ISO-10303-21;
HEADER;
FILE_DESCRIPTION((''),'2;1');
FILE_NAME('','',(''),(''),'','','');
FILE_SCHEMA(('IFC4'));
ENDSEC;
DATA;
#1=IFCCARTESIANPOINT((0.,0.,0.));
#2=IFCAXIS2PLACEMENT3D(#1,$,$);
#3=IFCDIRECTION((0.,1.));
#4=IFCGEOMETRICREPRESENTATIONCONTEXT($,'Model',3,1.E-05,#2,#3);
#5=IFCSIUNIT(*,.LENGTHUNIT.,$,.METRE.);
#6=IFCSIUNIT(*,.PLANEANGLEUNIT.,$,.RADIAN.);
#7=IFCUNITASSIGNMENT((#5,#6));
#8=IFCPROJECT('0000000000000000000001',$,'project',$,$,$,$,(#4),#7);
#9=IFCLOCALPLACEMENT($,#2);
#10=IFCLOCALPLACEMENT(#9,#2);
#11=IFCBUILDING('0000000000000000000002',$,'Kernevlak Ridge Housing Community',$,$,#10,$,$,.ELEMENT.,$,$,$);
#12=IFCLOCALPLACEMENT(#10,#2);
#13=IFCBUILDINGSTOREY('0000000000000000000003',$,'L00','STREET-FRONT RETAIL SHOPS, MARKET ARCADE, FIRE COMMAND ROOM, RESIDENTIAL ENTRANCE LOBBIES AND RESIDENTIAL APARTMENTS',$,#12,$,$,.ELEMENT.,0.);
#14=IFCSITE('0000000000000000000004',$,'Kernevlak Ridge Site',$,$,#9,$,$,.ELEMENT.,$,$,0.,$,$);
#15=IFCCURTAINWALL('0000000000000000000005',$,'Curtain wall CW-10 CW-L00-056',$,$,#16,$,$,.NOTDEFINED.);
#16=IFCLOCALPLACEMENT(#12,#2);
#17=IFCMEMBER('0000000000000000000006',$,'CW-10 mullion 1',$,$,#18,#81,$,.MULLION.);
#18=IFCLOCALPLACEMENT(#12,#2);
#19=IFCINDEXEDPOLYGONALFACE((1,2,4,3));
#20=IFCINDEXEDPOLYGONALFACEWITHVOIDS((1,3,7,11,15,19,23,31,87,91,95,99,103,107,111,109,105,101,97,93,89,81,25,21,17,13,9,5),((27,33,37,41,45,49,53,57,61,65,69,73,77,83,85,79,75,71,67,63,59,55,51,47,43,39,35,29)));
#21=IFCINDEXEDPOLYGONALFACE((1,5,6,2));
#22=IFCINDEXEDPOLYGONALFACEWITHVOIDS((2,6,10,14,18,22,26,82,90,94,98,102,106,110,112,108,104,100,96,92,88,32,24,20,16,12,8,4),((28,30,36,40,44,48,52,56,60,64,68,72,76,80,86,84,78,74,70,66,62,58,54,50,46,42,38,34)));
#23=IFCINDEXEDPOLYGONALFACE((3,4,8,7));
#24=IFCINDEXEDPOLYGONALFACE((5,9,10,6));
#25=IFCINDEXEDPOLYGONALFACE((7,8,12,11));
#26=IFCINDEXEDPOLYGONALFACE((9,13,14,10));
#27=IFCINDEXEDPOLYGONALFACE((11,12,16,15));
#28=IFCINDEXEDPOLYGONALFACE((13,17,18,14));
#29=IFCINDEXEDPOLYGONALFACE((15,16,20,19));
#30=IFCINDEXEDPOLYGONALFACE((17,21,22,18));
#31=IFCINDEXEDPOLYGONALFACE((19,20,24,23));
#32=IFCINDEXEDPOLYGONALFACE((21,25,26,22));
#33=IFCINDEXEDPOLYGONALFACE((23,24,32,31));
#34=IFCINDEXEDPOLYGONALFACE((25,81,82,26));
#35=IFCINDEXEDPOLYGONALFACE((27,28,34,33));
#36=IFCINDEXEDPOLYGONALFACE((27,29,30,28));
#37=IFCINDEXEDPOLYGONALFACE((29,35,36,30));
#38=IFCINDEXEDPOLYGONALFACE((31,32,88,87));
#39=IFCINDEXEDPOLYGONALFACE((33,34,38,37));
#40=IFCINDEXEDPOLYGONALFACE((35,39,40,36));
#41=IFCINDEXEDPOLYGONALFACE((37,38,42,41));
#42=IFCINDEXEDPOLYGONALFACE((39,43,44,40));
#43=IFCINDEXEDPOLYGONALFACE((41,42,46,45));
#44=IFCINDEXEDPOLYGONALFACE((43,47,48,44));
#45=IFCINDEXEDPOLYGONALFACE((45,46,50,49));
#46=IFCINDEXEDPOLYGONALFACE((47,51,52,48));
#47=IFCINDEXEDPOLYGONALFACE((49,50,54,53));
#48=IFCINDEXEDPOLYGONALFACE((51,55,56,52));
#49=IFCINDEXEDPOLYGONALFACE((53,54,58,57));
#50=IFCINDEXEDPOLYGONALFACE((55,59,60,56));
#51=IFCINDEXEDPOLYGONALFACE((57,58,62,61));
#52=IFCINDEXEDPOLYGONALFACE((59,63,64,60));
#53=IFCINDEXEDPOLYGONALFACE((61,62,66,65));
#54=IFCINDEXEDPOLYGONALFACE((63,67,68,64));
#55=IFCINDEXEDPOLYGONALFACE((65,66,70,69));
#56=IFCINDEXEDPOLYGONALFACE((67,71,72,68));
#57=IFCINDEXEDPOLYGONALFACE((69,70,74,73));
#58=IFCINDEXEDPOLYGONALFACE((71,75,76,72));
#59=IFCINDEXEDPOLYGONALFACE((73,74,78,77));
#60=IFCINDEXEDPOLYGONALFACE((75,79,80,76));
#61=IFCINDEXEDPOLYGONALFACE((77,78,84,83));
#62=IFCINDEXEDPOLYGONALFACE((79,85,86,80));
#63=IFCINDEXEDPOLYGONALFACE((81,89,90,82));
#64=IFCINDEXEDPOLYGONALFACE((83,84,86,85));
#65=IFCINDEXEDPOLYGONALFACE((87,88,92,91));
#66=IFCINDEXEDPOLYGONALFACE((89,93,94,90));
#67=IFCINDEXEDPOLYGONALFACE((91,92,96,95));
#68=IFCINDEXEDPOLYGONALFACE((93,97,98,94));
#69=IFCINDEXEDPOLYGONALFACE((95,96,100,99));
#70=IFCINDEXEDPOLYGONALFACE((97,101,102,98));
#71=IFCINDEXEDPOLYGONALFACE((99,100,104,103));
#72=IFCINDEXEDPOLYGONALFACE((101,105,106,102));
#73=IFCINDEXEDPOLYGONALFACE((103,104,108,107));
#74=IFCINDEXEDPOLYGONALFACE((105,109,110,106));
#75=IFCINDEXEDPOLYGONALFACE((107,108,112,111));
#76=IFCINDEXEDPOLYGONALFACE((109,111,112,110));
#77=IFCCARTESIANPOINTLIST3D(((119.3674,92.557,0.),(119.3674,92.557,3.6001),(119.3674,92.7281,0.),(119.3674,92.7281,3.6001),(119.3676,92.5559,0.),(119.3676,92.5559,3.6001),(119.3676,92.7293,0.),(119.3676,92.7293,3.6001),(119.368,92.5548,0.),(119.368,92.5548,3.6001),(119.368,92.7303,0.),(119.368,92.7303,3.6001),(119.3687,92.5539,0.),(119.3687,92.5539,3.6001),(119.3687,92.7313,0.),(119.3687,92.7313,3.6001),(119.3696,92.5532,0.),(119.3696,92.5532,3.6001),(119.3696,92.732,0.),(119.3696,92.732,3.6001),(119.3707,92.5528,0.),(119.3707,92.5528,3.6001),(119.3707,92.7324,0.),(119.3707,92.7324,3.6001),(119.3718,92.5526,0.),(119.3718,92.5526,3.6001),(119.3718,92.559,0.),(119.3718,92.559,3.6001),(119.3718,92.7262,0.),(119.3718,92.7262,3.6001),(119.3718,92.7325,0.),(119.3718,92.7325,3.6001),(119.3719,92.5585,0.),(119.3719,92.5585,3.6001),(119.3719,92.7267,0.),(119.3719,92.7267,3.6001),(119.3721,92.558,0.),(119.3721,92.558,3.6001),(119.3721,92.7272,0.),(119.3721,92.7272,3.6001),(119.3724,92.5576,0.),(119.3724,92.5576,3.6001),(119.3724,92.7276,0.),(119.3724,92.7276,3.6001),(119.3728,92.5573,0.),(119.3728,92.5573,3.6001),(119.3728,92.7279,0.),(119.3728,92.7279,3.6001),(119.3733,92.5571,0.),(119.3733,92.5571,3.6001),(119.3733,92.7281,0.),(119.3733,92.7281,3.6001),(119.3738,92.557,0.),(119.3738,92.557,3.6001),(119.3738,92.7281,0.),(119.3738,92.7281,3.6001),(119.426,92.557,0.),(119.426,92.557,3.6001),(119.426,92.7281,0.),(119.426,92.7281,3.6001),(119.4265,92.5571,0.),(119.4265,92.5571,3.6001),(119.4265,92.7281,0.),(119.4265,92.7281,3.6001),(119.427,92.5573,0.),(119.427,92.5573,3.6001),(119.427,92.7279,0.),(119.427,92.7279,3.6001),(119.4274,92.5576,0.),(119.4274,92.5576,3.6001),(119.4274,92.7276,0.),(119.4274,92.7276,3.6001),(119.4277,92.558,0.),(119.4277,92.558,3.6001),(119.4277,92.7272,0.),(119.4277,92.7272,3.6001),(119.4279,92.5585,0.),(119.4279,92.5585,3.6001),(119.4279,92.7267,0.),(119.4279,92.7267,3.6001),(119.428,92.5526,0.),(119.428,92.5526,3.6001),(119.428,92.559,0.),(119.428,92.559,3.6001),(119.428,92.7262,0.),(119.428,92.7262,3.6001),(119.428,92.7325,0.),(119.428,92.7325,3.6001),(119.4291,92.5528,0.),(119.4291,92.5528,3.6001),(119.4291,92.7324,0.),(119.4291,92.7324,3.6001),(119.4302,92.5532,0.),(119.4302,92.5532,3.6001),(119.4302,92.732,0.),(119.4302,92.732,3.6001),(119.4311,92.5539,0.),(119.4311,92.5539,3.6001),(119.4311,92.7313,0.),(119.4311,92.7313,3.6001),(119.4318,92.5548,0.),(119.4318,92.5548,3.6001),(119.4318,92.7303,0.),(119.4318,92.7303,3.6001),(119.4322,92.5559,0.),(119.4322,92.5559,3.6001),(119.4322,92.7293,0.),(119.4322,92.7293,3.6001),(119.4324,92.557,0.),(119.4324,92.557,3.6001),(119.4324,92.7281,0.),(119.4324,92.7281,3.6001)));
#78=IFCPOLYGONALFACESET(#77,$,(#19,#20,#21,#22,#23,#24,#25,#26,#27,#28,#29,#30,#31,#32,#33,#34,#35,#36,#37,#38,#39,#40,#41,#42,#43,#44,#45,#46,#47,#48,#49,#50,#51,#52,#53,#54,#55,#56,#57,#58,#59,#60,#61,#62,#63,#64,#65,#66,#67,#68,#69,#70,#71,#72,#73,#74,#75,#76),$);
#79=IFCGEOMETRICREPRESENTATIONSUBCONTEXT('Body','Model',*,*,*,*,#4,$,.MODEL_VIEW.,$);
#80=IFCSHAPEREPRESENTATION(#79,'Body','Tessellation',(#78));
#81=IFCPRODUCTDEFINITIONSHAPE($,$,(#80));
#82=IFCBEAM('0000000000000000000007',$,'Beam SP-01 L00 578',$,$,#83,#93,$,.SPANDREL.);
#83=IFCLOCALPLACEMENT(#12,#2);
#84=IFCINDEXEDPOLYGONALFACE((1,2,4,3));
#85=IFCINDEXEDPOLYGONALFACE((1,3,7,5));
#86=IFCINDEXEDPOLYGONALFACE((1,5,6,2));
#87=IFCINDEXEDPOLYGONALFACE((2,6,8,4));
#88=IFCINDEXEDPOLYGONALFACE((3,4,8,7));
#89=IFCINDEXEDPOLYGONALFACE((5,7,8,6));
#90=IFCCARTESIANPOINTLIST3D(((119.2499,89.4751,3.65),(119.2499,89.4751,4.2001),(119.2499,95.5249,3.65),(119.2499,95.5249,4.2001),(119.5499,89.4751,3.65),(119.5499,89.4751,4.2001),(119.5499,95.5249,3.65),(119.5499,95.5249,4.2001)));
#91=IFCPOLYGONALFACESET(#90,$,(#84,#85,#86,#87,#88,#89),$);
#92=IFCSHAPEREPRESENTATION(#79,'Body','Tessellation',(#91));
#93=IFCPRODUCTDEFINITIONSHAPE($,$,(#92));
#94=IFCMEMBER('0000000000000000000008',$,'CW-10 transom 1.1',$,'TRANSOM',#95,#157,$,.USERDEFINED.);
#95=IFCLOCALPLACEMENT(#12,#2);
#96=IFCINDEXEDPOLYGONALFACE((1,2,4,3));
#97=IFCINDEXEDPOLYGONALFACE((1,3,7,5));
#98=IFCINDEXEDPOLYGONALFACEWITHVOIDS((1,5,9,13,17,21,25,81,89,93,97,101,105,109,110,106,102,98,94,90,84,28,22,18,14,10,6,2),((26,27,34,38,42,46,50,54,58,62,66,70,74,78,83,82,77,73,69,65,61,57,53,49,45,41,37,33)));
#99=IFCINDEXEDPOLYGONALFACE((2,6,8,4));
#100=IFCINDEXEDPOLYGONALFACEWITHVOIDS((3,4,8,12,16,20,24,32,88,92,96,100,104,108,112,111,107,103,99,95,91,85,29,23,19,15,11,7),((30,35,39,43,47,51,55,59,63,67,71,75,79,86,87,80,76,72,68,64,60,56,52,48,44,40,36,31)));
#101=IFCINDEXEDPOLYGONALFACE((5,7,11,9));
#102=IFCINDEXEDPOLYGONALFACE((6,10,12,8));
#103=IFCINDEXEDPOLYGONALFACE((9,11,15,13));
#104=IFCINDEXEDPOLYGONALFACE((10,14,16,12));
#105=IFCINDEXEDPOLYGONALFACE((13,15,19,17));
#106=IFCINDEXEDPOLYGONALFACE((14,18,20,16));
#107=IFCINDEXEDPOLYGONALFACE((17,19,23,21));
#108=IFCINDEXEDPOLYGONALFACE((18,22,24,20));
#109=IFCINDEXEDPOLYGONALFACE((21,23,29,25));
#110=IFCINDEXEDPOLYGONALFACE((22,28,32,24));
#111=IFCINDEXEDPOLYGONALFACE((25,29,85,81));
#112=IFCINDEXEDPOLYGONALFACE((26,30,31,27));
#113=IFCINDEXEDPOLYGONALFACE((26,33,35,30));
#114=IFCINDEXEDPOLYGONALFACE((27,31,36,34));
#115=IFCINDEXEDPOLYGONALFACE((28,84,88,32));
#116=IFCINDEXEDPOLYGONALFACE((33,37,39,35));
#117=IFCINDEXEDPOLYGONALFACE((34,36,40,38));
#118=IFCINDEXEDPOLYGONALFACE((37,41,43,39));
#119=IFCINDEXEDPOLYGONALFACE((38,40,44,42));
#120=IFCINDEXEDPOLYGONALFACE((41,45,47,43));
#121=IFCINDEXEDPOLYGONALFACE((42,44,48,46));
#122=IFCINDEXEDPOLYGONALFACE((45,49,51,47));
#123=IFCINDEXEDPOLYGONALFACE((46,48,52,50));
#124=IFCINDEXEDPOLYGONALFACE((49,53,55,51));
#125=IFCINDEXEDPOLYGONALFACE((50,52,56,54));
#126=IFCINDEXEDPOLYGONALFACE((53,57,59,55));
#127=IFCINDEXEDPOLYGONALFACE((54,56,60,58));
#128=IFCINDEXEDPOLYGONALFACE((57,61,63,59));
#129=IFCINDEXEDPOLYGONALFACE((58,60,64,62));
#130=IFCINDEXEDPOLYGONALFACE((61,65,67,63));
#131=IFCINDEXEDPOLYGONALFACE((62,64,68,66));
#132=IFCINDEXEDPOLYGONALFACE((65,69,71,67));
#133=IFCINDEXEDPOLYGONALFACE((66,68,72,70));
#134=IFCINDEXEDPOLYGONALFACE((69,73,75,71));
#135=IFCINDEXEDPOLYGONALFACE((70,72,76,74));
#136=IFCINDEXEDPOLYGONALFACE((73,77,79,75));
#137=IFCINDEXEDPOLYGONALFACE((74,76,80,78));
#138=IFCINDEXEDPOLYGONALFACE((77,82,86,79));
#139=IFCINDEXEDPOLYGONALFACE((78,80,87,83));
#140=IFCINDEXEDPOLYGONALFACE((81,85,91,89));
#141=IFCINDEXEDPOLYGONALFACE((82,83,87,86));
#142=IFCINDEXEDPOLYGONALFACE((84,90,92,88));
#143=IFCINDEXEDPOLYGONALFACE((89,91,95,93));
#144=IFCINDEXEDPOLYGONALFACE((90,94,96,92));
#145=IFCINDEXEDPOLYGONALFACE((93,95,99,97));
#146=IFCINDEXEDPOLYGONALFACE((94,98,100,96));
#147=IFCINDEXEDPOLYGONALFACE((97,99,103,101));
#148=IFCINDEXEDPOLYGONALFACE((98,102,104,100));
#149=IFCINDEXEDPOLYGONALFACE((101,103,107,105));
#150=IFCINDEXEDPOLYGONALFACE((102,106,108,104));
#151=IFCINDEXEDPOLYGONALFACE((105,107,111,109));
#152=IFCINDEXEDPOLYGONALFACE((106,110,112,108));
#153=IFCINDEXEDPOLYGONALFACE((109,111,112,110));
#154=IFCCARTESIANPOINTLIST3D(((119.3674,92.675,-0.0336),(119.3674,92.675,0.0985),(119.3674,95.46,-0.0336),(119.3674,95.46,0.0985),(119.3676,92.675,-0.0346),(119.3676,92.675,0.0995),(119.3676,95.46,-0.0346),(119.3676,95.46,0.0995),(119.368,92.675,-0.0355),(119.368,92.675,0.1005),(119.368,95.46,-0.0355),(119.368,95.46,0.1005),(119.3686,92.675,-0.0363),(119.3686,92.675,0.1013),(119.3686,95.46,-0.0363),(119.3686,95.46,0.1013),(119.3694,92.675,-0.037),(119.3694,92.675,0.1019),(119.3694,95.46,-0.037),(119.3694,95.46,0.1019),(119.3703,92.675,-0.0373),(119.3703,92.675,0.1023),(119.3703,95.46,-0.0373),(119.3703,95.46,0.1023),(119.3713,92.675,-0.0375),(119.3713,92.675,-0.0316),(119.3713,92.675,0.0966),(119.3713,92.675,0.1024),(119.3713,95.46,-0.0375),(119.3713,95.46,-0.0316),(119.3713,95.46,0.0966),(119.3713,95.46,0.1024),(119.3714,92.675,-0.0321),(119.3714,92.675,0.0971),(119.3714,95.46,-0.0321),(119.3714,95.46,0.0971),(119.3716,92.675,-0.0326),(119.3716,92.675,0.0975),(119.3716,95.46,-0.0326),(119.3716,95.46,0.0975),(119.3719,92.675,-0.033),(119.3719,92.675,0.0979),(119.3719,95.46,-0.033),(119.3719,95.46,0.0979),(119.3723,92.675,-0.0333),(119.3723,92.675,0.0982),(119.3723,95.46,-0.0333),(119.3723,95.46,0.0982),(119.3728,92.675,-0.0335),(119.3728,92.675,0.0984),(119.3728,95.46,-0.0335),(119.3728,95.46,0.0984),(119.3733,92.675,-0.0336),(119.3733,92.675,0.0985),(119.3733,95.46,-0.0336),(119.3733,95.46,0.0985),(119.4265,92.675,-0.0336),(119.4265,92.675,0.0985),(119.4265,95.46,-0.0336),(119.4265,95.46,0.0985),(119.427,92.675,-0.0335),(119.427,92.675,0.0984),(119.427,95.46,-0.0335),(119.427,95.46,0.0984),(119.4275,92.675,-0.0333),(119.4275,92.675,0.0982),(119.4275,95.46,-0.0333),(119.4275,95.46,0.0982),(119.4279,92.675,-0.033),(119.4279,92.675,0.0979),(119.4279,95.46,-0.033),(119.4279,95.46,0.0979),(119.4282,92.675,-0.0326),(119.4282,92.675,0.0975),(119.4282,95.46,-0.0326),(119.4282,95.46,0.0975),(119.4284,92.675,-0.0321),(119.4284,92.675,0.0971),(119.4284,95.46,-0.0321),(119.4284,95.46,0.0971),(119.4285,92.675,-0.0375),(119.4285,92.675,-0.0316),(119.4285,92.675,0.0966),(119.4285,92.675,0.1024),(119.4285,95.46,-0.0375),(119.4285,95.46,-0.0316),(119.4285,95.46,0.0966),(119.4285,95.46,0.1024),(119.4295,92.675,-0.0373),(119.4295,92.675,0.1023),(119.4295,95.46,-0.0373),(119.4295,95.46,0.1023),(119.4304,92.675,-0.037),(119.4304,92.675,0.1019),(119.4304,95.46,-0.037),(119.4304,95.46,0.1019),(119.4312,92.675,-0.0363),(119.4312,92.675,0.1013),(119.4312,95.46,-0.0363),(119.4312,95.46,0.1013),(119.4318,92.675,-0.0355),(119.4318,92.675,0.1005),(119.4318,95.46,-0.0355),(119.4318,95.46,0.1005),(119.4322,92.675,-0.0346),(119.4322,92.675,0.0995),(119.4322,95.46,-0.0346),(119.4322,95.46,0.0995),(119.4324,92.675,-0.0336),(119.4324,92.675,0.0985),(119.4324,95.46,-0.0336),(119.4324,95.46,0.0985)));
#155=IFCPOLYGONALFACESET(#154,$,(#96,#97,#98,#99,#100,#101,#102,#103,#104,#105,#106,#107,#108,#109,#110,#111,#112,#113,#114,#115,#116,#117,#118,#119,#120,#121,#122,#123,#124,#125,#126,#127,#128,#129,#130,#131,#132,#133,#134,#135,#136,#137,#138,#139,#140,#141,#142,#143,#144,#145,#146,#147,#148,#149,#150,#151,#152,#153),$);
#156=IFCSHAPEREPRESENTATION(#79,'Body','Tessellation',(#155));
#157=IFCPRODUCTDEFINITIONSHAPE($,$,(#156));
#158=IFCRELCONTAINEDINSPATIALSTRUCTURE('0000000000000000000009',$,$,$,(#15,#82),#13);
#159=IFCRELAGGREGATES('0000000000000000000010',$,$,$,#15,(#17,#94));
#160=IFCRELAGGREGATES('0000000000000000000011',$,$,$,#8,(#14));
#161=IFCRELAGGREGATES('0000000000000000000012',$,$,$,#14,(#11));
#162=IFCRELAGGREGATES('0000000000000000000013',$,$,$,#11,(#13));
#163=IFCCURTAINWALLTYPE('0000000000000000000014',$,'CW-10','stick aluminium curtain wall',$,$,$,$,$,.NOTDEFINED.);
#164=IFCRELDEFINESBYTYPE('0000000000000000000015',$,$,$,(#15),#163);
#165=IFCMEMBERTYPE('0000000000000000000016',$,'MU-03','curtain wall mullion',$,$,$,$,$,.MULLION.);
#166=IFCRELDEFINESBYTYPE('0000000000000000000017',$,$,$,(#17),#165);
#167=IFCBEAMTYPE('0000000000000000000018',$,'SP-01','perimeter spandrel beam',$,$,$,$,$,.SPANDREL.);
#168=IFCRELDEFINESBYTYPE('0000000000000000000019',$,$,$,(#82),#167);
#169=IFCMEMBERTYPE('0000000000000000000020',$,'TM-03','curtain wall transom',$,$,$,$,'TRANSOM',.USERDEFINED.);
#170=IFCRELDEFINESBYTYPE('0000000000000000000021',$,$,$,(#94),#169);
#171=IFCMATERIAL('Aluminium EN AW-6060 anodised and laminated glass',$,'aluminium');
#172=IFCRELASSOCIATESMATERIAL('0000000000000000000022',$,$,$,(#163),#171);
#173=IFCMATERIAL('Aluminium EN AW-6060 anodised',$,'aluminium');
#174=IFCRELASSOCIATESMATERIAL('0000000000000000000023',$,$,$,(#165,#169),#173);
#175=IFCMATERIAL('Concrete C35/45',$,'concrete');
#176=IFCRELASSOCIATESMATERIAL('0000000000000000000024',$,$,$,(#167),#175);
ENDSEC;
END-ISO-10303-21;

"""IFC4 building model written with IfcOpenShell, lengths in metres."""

from ifc_helpers import new_model, si_unit, direction, frame, origin, origin_2d, place, context, subcontext, project, spatial, rectangle, hollow_rectangle, extrude, material, material_profile, profile_set, type_object, element, aggregate, save


model = new_model("IFC4")

# Units and contexts
model_context = context("Model", 3, precision=1e-05, world=origin(), true_north=direction((0.0, 1.0)))
body_context = subcontext(model_context, "Body", "Model", "MODEL_VIEW")
ifc_project = project(units=[si_unit("LENGTHUNIT", "METRE"), si_unit("PLANEANGLEUNIT", "RADIAN")], contexts=[model_context])

# Site, building, storey
site_placement = place(None, origin())
site = spatial("IfcSite", under=ifc_project, at=site_placement, Name="Kernevlak Ridge Site", CompositionType="ELEMENT", RefElevation=0.0)
building_placement = place(site_placement, origin())
building = spatial("IfcBuilding", under=site, at=building_placement, Name="Kernevlak Ridge Housing Community", CompositionType="ELEMENT")
storey_placement = place(building_placement, origin())
storey = spatial("IfcBuildingStorey", under=building, at=storey_placement, Name="L00", Description="STREET-FRONT RETAIL SHOPS, MARKET ARCADE, FIRE COMMAND ROOM, RESIDENTIAL ENTRANCE LOBBIES AND RESIDENTIAL APARTMENTS", CompositionType="ELEMENT", Elevation=0.0)

# Shared definitions
ifc_material_1 = material(Name="Concrete C35/45", Category="concrete")

# Curtain wall, member
ifc_material_2 = material(Name="Aluminium EN AW-6060 anodised and laminated glass", Category="aluminium")
curtain_wall_type = type_object("IfcCurtainWallType", Name="CW-10", Description="stick aluminium curtain wall", PredefinedType="NOTDEFINED", material=ifc_material_2)
curtain_wall_placement = place(storey_placement, origin())
curtain_wall = element("IfcCurtainWall", 1, at=curtain_wall_placement, inside=storey, type_object=curtain_wall_type, Name="Curtain wall CW-10 CW-L00-056", PredefinedType="NOTDEFINED")
ifc_material_3 = material(Name="Aluminium EN AW-6060 anodised", Category="aluminium")
ifc_material_profile_1 = material_profile(ifc_material_3, hollow_rectangle(XDim=0.0649, YDim=0.1799, WallThickness=0.0044, InnerFilletRadius=0.002, OuterFilletRadius=0.0044, at=origin_2d()), Name="ALU 65x180x4.5")
ifc_profile_set_1 = profile_set([ifc_material_profile_1], Name="Aluminium EN AW-6060 anodised")
member_type_1 = type_object("IfcMemberType", Name="MU-03", Description="curtain wall mullion", PredefinedType="MULLION", material=ifc_profile_set_1)
member_1_placement = place(storey_placement, frame((119.3999, 92.6426, 0.0), z_axis=(0.0, 0.0, 1.0), x_axis=(-1.0, 0.0, 0.0)))
member_1 = element("IfcMember", 2, at=member_1_placement, type_object=member_type_1, Name="CW-10 mullion 1", PredefinedType="MULLION", context=body_context, shape_type="SweptSolid", body=[
    extrude(hollow_rectangle(XDim=0.0649, YDim=0.1799, WallThickness=0.0044, InnerFilletRadius=0.002, OuterFilletRadius=0.0044, at=origin_2d()), origin(), (0.0, 0.0, 1.0), 3.6001),
])

# Beam
ifc_material_profile_2 = material_profile(ifc_material_1, rectangle(XDim=0.3, YDim=0.55, at=origin_2d()), Name="RC 300x550")
ifc_profile_set_2 = profile_set([ifc_material_profile_2], Name="Concrete C35/45")
beam_type_1 = type_object("IfcBeamType", Name="SP-01", Description="perimeter spandrel beam", PredefinedType="SPANDREL", material=ifc_profile_set_2)
beam_1_placement = place(storey_placement, frame((119.3999, 89.4751, 3.925), z_axis=(0.0, 1.0, 0.0), x_axis=(-1.0, 0.0, 0.0)))
element("IfcBeam", 3, at=beam_1_placement, inside=storey, type_object=beam_type_1, Name="Beam SP-01 L00 578", PredefinedType="SPANDREL", context=body_context, shape_type="SweptSolid", body=[
    extrude(rectangle(XDim=0.3, YDim=0.55, at=origin_2d()), origin(), (0.0, 0.0, 1.0), 6.0498),
])

# Member
ifc_material_profile_3 = material_profile(ifc_material_3, hollow_rectangle(XDim=0.0649, YDim=0.1399, WallThickness=0.0039, InnerFilletRadius=0.002, OuterFilletRadius=0.0039, at=origin_2d()), Name="ALU 65x140x4")
ifc_profile_set_3 = profile_set([ifc_material_profile_3], Name="Aluminium EN AW-6060 anodised")
member_type_2 = type_object("IfcMemberType", Name="TM-03", Description="curtain wall transom", ElementType="TRANSOM", PredefinedType="USERDEFINED", material=ifc_profile_set_3)
member_2_placement = place(storey_placement, frame((119.3999, 92.675, 0.0325), z_axis=(0.0, 1.0, 0.0), x_axis=(-1.0, 0.0, 0.0)))
member_2 = element("IfcMember", 4, at=member_2_placement, type_object=member_type_2, Name="CW-10 transom 1.1", ObjectType="TRANSOM", PredefinedType="USERDEFINED", context=body_context, shape_type="SweptSolid", body=[
    extrude(hollow_rectangle(XDim=0.0649, YDim=0.1399, WallThickness=0.0039, InnerFilletRadius=0.002, OuterFilletRadius=0.0039, at=origin_2d()), origin(), (0.0, 0.0, 1.0), 2.7849),
])

aggregate(curtain_wall, [member_1, member_2])

save(model, "model.ifc")
